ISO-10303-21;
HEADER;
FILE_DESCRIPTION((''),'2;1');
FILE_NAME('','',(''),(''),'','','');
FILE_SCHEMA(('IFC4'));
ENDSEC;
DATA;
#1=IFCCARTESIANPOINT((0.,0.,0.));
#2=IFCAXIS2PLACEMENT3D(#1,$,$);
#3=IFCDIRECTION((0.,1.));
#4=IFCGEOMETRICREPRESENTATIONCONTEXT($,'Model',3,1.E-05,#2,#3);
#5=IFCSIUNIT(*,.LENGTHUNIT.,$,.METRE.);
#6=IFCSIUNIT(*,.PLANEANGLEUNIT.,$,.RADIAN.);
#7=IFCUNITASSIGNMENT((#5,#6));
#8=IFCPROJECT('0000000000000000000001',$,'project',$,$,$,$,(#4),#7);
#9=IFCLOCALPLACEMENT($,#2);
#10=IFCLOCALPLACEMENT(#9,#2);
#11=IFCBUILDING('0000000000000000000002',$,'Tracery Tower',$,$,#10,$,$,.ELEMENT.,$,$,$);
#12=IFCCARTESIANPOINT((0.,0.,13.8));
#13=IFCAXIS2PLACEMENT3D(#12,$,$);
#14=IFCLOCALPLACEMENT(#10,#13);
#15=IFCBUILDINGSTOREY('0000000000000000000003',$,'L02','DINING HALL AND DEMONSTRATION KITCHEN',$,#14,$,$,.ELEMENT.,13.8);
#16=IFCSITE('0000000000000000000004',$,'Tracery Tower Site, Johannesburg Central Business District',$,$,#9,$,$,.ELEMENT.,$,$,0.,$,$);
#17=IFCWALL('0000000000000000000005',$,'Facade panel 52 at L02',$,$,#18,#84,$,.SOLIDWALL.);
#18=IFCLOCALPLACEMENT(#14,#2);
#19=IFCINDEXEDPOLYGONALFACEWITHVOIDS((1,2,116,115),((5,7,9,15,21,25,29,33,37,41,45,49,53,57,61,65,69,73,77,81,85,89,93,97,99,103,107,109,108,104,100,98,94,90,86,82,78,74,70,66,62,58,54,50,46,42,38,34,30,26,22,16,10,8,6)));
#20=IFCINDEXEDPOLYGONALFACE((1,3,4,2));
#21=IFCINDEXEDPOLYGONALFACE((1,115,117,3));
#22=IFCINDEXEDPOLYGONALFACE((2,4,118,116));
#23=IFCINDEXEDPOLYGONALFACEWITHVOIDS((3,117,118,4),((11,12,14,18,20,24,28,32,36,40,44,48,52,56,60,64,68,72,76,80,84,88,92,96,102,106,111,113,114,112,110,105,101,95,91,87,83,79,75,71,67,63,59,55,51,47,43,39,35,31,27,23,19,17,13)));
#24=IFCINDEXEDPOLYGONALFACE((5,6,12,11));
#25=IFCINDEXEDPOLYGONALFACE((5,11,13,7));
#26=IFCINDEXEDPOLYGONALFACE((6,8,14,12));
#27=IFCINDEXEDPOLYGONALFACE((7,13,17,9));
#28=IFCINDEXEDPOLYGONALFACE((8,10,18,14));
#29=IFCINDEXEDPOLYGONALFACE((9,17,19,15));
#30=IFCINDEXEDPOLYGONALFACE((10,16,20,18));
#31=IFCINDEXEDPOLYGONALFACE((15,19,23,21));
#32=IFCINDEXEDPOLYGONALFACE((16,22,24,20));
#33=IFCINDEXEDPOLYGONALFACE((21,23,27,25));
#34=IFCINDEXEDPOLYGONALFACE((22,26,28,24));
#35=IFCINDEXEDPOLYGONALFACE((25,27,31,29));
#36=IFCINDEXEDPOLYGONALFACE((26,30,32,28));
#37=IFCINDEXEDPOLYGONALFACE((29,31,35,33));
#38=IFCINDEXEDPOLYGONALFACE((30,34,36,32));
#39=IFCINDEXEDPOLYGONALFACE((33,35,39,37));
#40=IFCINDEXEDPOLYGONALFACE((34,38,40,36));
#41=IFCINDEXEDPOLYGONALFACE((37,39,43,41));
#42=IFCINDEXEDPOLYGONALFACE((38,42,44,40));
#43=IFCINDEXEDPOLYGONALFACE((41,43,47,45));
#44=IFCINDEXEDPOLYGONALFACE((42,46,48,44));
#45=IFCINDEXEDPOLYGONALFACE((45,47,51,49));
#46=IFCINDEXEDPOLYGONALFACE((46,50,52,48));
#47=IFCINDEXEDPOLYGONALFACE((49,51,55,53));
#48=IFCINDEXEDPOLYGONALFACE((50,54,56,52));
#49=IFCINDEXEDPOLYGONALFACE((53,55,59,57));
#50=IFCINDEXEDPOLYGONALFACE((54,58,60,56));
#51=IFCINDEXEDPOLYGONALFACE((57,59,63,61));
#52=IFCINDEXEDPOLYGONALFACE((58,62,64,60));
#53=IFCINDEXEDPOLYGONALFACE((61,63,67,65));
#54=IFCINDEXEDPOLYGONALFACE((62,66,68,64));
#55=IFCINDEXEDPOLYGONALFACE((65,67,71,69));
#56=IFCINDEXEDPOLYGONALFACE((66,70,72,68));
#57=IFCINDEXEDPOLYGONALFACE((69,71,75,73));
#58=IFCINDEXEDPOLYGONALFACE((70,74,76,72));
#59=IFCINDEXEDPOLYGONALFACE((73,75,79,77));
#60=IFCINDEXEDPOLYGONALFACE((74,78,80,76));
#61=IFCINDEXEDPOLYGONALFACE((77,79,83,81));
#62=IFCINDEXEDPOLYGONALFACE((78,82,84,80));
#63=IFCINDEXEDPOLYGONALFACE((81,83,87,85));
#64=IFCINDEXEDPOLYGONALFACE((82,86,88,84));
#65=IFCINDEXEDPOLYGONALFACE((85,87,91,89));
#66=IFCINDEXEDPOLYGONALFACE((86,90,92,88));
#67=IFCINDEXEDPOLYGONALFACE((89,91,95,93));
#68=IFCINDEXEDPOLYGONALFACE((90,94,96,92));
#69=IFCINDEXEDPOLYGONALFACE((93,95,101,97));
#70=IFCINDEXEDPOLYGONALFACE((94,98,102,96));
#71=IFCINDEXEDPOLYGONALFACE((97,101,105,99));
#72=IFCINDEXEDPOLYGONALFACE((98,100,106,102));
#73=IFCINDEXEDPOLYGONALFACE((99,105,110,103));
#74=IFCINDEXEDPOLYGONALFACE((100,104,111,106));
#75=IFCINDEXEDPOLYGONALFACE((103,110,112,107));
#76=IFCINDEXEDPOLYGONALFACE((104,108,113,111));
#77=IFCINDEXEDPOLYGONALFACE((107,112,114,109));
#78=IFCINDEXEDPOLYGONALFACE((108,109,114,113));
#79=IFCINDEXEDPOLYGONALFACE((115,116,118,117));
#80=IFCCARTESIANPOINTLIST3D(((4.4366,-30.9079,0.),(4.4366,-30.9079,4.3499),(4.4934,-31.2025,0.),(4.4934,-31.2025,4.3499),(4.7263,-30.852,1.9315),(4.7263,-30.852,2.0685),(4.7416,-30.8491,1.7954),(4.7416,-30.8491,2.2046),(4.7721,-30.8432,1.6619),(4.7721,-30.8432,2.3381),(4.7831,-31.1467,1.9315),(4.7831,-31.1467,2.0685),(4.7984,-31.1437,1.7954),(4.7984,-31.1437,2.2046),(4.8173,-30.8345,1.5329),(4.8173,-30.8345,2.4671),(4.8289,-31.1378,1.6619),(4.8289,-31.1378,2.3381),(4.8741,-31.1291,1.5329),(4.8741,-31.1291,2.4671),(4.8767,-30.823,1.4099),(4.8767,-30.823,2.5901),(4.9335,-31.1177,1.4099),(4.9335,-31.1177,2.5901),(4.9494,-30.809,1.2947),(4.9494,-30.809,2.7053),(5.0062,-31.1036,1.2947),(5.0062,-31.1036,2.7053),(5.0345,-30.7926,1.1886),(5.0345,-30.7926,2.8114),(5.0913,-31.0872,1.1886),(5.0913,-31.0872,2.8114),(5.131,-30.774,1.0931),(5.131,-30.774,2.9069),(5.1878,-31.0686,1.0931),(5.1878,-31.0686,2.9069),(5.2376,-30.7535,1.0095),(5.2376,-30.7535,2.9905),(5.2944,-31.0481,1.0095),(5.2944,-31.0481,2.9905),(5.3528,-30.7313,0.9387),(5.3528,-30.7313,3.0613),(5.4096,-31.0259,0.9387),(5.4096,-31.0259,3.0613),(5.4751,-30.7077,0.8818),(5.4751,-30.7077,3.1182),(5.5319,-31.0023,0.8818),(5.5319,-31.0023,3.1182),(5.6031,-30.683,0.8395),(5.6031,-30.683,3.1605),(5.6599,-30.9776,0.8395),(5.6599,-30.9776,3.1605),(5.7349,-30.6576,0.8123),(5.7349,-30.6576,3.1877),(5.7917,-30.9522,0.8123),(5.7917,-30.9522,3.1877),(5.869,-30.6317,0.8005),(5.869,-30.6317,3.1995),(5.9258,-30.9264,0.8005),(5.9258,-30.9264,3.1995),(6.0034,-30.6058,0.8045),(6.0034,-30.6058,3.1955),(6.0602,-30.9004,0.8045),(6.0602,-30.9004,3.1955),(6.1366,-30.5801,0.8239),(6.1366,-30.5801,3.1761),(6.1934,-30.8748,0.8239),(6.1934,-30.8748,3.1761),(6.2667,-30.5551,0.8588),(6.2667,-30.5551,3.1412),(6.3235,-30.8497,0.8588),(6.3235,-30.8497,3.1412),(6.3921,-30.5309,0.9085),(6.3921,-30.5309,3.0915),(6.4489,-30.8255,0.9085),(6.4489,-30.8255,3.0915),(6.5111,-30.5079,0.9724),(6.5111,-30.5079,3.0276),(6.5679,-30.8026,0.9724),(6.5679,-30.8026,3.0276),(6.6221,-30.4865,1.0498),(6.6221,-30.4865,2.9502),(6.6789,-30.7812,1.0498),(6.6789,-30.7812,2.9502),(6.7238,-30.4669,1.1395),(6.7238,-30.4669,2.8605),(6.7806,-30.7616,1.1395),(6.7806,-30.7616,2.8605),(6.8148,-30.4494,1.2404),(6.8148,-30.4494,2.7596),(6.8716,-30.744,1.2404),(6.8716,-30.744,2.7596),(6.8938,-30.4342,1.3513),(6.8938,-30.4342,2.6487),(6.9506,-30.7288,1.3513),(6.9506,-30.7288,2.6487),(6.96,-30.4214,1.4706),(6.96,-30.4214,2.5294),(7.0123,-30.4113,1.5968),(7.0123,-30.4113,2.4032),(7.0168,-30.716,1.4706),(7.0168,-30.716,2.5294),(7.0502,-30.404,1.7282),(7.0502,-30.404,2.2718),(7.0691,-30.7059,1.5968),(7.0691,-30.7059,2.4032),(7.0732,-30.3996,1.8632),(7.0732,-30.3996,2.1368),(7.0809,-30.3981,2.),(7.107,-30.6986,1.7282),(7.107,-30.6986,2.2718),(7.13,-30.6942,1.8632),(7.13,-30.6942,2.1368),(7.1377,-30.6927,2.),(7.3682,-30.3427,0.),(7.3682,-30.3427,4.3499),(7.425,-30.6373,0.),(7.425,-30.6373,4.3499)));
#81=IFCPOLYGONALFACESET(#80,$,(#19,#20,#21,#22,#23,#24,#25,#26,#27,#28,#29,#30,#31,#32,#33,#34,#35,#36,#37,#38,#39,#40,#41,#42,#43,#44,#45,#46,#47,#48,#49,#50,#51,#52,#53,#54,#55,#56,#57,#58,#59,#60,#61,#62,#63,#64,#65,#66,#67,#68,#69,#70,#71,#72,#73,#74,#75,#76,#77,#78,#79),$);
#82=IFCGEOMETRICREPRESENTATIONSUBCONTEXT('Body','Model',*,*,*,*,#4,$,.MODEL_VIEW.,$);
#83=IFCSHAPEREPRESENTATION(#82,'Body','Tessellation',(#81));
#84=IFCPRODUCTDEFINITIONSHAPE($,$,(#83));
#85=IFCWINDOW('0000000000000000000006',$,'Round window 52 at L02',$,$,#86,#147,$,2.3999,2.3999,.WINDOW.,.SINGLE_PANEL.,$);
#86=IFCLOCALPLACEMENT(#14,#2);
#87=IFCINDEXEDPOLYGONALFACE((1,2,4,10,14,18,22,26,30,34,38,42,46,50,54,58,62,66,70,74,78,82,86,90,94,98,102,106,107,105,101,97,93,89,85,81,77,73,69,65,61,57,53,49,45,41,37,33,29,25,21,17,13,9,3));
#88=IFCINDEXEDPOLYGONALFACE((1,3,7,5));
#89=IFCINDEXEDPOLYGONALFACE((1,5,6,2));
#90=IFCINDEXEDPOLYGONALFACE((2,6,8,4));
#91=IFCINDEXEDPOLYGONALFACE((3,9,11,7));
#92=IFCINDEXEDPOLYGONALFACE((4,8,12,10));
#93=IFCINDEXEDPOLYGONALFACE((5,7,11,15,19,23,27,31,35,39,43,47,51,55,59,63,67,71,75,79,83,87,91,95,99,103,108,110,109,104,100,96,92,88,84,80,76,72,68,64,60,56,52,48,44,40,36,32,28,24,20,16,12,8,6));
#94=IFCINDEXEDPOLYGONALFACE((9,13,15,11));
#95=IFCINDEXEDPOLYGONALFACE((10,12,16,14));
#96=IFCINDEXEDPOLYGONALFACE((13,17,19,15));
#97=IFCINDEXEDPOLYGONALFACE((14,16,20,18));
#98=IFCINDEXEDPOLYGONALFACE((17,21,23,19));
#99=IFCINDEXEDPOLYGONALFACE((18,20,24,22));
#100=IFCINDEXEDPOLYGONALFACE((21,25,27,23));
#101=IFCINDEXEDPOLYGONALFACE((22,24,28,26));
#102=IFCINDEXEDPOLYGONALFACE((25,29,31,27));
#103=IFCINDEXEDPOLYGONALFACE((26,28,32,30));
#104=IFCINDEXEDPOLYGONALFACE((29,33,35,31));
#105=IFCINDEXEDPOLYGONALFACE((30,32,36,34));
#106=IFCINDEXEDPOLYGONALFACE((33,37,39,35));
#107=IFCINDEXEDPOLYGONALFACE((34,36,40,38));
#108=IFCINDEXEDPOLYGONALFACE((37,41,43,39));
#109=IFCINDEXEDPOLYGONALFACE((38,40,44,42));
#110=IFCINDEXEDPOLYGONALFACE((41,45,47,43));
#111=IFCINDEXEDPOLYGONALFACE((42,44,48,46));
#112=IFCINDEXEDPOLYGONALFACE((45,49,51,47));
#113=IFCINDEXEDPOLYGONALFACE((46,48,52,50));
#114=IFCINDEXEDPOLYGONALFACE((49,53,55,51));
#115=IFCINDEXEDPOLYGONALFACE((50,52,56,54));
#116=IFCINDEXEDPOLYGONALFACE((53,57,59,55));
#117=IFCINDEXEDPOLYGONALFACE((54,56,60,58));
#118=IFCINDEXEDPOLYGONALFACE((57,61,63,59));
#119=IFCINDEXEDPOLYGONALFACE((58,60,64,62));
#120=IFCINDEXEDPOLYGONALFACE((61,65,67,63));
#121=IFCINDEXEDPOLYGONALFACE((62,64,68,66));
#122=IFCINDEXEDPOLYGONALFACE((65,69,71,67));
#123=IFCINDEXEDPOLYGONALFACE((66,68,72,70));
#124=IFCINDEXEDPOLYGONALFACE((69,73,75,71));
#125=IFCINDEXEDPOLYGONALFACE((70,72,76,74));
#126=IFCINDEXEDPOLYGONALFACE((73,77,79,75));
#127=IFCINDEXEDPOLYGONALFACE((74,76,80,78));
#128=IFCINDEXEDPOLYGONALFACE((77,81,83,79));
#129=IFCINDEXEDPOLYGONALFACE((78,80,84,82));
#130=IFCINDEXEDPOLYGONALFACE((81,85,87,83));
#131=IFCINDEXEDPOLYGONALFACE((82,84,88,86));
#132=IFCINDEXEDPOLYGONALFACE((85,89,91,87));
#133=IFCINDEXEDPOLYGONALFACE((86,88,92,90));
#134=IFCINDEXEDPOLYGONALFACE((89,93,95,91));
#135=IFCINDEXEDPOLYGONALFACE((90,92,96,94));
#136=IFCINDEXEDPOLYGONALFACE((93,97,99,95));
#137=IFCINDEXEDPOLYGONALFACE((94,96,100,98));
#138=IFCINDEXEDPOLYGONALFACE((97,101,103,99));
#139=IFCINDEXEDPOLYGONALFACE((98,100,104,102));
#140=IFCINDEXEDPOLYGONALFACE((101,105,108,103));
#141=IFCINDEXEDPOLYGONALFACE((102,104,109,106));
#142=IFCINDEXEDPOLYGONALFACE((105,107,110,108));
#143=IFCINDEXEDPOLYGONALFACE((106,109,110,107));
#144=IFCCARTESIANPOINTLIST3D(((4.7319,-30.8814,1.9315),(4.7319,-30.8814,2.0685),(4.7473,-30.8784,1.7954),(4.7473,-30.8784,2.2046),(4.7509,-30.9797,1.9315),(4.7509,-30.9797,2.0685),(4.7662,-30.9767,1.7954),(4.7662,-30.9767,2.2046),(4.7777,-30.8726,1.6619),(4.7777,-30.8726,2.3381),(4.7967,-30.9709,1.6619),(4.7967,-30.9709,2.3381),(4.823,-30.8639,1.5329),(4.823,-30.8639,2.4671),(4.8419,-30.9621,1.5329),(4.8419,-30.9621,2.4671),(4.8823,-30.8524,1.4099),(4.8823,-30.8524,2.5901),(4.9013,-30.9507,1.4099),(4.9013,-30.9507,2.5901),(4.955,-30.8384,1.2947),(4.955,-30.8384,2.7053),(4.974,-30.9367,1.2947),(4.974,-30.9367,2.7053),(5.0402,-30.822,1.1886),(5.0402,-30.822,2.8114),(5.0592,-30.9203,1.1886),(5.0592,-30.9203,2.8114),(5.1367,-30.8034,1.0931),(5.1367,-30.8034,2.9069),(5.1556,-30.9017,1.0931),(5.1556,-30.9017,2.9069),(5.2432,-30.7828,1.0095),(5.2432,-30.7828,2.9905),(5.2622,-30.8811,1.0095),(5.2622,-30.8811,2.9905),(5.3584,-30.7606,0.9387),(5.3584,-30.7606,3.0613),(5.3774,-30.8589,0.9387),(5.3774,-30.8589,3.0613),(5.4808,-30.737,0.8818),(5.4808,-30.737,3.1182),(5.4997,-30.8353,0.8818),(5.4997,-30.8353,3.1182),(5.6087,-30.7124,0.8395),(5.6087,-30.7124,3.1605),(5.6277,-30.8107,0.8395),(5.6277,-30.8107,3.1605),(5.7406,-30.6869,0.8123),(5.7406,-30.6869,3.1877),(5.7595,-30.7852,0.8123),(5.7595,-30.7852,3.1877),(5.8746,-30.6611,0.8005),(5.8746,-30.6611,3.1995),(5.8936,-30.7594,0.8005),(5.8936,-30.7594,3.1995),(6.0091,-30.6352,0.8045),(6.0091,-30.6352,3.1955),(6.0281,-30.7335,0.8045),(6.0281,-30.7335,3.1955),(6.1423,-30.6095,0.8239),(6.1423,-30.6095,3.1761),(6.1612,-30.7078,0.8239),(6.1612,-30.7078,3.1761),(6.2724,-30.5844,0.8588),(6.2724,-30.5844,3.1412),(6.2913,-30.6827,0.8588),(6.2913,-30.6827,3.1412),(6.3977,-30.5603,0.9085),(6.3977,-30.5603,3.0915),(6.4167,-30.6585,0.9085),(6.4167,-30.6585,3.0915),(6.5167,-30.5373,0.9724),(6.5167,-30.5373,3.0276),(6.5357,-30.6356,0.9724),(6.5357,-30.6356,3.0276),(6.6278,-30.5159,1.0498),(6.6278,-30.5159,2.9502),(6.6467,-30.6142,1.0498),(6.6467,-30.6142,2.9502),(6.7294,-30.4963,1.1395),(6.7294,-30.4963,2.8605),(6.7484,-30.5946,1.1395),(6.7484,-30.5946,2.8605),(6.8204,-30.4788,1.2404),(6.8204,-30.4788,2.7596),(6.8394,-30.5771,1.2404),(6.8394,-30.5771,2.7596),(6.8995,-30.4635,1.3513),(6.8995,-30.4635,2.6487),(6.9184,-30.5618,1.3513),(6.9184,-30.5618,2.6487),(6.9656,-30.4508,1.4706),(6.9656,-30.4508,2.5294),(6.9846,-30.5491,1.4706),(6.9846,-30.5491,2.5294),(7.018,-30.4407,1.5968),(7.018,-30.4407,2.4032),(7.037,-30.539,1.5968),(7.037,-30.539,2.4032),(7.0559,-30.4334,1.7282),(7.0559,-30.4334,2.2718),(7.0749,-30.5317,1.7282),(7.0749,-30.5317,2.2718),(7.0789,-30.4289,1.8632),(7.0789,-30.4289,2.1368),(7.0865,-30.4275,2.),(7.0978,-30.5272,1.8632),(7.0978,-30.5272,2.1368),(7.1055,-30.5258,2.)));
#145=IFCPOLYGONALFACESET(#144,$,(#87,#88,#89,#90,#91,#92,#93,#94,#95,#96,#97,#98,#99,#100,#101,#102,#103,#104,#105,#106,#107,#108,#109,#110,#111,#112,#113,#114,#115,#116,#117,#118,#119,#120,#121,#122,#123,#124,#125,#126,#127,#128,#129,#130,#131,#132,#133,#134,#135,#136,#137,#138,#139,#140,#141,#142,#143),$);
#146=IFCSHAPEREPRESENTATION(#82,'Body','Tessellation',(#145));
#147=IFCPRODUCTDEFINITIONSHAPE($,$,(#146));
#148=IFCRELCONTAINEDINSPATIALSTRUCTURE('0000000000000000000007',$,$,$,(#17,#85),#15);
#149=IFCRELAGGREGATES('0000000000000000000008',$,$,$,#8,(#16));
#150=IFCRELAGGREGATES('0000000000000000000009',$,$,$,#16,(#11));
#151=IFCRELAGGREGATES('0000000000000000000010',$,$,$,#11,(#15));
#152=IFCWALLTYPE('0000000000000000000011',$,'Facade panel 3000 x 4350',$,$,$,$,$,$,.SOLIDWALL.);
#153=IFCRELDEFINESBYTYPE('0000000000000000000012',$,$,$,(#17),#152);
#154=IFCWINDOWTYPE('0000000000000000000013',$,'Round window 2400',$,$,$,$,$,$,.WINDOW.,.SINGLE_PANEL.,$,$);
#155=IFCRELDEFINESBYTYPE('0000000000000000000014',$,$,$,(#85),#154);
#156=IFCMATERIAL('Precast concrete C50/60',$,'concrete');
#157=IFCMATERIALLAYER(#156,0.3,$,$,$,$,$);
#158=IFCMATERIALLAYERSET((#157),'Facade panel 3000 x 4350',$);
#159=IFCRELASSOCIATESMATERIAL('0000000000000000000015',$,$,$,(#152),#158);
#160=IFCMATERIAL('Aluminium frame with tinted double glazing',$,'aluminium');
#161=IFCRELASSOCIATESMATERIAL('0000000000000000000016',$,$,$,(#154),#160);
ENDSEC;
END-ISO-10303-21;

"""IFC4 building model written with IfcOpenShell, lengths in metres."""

from ifc_helpers import new_model, si_unit, direction, frame, frame_2d, origin, origin_2d, place, context, subcontext, project, spatial, rectangle, circle, extrude, material, layer, layer_set, type_object, element, fill, save


model = new_model("IFC4")

# Units and contexts
model_context = context("Model", 3, precision=1e-05, world=origin(), true_north=direction((0.0, 1.0)))
body_context = subcontext(model_context, "Body", "Model", "MODEL_VIEW")
ifc_project = project(units=[si_unit("LENGTHUNIT", "METRE"), si_unit("PLANEANGLEUNIT", "RADIAN")], contexts=[model_context])

# Site, building, storey
site_placement = place(None, origin())
site = spatial("IfcSite", under=ifc_project, at=site_placement, Name="Tracery Tower Site, Johannesburg Central Business District", CompositionType="ELEMENT", RefElevation=0.0)
building_placement = place(site_placement, origin())
building = spatial("IfcBuilding", under=site, at=building_placement, Name="Tracery Tower", CompositionType="ELEMENT")
storey_placement = place(building_placement, frame((0.0, 0.0, 13.8)))
storey = spatial("IfcBuildingStorey", under=building, at=storey_placement, Name="L02", Description="DINING HALL AND DEMONSTRATION KITCHEN", CompositionType="ELEMENT", Elevation=13.8)

# Wall, opening, window
ifc_material_1 = material(Name="Precast concrete C50/60", Category="concrete")
ifc_layer_1 = layer(ifc_material_1, 0.3)
ifc_layer_set_1 = layer_set([ifc_layer_1], Name="Facade panel 3000 x 4350")
wall_type_1 = type_object("IfcWallType", Name="Facade panel 3000 x 4350", PredefinedType="SOLIDWALL", material=ifc_layer_set_1)
ifc_material_2 = material(Name="Aluminium frame with tinted double glazing", Category="aluminium")
window_type = type_object("IfcWindowType", Name="Round window 2400", PartitioningType="SINGLE_PANEL", PredefinedType="WINDOW", material=ifc_material_2)
wall_1_placement = place(storey_placement, frame((4.4651, -31.0552, 0.0), z_axis=(0.0, 0.0, 1.0), x_axis=(0.981919, 0.189302, 0.0)))
wall_1 = element("IfcWall", 1, at=wall_1_placement, inside=storey, type_object=wall_type_1, Name="Facade panel 52 at L02", PredefinedType="SOLIDWALL", context=body_context, shape_type="SweptSolid", body=[
    extrude(rectangle(XDim=2.9856, YDim=0.3, at=frame_2d((1.4927, 0.0))), origin(), (0.0, 0.0, 1.0), 4.3499),
])
opening_1_placement = place(wall_1_placement, frame((1.4929, 0.0, 2.0)))
opening_1 = element("IfcOpeningElement", 2, at=opening_1_placement, cuts=wall_1, PredefinedType="OPENING", context=body_context, shape_type="SweptSolid", body=[
    extrude(circle(Radius=1.2, at=origin_2d()), frame((0.0, 0.1599, 0.0), z_axis=(0.0, -1.0, 0.0), x_axis=(1.0, 0.0, 0.0)), (0.0, 0.0, 1.0), 0.3201),
])
window_1_placement = place(opening_1_placement, origin())
window_1 = element("IfcWindow", 3, at=window_1_placement, inside=storey, type_object=window_type, Name="Round window 52 at L02", OverallHeight=2.3999, OverallWidth=2.3999, PartitioningType="SINGLE_PANEL", PredefinedType="WINDOW", context=body_context, shape_type="SweptSolid", body=[
    extrude(circle(Radius=1.2, at=origin_2d()), frame((0.0, 0.1201, 0.0), z_axis=(0.0, -1.0, 0.0), x_axis=(1.0, 0.0, 0.0)), (0.0, 0.0, 1.0), 0.1001),
])
fill(opening_1, window_1)

save(model, "model.ifc")
